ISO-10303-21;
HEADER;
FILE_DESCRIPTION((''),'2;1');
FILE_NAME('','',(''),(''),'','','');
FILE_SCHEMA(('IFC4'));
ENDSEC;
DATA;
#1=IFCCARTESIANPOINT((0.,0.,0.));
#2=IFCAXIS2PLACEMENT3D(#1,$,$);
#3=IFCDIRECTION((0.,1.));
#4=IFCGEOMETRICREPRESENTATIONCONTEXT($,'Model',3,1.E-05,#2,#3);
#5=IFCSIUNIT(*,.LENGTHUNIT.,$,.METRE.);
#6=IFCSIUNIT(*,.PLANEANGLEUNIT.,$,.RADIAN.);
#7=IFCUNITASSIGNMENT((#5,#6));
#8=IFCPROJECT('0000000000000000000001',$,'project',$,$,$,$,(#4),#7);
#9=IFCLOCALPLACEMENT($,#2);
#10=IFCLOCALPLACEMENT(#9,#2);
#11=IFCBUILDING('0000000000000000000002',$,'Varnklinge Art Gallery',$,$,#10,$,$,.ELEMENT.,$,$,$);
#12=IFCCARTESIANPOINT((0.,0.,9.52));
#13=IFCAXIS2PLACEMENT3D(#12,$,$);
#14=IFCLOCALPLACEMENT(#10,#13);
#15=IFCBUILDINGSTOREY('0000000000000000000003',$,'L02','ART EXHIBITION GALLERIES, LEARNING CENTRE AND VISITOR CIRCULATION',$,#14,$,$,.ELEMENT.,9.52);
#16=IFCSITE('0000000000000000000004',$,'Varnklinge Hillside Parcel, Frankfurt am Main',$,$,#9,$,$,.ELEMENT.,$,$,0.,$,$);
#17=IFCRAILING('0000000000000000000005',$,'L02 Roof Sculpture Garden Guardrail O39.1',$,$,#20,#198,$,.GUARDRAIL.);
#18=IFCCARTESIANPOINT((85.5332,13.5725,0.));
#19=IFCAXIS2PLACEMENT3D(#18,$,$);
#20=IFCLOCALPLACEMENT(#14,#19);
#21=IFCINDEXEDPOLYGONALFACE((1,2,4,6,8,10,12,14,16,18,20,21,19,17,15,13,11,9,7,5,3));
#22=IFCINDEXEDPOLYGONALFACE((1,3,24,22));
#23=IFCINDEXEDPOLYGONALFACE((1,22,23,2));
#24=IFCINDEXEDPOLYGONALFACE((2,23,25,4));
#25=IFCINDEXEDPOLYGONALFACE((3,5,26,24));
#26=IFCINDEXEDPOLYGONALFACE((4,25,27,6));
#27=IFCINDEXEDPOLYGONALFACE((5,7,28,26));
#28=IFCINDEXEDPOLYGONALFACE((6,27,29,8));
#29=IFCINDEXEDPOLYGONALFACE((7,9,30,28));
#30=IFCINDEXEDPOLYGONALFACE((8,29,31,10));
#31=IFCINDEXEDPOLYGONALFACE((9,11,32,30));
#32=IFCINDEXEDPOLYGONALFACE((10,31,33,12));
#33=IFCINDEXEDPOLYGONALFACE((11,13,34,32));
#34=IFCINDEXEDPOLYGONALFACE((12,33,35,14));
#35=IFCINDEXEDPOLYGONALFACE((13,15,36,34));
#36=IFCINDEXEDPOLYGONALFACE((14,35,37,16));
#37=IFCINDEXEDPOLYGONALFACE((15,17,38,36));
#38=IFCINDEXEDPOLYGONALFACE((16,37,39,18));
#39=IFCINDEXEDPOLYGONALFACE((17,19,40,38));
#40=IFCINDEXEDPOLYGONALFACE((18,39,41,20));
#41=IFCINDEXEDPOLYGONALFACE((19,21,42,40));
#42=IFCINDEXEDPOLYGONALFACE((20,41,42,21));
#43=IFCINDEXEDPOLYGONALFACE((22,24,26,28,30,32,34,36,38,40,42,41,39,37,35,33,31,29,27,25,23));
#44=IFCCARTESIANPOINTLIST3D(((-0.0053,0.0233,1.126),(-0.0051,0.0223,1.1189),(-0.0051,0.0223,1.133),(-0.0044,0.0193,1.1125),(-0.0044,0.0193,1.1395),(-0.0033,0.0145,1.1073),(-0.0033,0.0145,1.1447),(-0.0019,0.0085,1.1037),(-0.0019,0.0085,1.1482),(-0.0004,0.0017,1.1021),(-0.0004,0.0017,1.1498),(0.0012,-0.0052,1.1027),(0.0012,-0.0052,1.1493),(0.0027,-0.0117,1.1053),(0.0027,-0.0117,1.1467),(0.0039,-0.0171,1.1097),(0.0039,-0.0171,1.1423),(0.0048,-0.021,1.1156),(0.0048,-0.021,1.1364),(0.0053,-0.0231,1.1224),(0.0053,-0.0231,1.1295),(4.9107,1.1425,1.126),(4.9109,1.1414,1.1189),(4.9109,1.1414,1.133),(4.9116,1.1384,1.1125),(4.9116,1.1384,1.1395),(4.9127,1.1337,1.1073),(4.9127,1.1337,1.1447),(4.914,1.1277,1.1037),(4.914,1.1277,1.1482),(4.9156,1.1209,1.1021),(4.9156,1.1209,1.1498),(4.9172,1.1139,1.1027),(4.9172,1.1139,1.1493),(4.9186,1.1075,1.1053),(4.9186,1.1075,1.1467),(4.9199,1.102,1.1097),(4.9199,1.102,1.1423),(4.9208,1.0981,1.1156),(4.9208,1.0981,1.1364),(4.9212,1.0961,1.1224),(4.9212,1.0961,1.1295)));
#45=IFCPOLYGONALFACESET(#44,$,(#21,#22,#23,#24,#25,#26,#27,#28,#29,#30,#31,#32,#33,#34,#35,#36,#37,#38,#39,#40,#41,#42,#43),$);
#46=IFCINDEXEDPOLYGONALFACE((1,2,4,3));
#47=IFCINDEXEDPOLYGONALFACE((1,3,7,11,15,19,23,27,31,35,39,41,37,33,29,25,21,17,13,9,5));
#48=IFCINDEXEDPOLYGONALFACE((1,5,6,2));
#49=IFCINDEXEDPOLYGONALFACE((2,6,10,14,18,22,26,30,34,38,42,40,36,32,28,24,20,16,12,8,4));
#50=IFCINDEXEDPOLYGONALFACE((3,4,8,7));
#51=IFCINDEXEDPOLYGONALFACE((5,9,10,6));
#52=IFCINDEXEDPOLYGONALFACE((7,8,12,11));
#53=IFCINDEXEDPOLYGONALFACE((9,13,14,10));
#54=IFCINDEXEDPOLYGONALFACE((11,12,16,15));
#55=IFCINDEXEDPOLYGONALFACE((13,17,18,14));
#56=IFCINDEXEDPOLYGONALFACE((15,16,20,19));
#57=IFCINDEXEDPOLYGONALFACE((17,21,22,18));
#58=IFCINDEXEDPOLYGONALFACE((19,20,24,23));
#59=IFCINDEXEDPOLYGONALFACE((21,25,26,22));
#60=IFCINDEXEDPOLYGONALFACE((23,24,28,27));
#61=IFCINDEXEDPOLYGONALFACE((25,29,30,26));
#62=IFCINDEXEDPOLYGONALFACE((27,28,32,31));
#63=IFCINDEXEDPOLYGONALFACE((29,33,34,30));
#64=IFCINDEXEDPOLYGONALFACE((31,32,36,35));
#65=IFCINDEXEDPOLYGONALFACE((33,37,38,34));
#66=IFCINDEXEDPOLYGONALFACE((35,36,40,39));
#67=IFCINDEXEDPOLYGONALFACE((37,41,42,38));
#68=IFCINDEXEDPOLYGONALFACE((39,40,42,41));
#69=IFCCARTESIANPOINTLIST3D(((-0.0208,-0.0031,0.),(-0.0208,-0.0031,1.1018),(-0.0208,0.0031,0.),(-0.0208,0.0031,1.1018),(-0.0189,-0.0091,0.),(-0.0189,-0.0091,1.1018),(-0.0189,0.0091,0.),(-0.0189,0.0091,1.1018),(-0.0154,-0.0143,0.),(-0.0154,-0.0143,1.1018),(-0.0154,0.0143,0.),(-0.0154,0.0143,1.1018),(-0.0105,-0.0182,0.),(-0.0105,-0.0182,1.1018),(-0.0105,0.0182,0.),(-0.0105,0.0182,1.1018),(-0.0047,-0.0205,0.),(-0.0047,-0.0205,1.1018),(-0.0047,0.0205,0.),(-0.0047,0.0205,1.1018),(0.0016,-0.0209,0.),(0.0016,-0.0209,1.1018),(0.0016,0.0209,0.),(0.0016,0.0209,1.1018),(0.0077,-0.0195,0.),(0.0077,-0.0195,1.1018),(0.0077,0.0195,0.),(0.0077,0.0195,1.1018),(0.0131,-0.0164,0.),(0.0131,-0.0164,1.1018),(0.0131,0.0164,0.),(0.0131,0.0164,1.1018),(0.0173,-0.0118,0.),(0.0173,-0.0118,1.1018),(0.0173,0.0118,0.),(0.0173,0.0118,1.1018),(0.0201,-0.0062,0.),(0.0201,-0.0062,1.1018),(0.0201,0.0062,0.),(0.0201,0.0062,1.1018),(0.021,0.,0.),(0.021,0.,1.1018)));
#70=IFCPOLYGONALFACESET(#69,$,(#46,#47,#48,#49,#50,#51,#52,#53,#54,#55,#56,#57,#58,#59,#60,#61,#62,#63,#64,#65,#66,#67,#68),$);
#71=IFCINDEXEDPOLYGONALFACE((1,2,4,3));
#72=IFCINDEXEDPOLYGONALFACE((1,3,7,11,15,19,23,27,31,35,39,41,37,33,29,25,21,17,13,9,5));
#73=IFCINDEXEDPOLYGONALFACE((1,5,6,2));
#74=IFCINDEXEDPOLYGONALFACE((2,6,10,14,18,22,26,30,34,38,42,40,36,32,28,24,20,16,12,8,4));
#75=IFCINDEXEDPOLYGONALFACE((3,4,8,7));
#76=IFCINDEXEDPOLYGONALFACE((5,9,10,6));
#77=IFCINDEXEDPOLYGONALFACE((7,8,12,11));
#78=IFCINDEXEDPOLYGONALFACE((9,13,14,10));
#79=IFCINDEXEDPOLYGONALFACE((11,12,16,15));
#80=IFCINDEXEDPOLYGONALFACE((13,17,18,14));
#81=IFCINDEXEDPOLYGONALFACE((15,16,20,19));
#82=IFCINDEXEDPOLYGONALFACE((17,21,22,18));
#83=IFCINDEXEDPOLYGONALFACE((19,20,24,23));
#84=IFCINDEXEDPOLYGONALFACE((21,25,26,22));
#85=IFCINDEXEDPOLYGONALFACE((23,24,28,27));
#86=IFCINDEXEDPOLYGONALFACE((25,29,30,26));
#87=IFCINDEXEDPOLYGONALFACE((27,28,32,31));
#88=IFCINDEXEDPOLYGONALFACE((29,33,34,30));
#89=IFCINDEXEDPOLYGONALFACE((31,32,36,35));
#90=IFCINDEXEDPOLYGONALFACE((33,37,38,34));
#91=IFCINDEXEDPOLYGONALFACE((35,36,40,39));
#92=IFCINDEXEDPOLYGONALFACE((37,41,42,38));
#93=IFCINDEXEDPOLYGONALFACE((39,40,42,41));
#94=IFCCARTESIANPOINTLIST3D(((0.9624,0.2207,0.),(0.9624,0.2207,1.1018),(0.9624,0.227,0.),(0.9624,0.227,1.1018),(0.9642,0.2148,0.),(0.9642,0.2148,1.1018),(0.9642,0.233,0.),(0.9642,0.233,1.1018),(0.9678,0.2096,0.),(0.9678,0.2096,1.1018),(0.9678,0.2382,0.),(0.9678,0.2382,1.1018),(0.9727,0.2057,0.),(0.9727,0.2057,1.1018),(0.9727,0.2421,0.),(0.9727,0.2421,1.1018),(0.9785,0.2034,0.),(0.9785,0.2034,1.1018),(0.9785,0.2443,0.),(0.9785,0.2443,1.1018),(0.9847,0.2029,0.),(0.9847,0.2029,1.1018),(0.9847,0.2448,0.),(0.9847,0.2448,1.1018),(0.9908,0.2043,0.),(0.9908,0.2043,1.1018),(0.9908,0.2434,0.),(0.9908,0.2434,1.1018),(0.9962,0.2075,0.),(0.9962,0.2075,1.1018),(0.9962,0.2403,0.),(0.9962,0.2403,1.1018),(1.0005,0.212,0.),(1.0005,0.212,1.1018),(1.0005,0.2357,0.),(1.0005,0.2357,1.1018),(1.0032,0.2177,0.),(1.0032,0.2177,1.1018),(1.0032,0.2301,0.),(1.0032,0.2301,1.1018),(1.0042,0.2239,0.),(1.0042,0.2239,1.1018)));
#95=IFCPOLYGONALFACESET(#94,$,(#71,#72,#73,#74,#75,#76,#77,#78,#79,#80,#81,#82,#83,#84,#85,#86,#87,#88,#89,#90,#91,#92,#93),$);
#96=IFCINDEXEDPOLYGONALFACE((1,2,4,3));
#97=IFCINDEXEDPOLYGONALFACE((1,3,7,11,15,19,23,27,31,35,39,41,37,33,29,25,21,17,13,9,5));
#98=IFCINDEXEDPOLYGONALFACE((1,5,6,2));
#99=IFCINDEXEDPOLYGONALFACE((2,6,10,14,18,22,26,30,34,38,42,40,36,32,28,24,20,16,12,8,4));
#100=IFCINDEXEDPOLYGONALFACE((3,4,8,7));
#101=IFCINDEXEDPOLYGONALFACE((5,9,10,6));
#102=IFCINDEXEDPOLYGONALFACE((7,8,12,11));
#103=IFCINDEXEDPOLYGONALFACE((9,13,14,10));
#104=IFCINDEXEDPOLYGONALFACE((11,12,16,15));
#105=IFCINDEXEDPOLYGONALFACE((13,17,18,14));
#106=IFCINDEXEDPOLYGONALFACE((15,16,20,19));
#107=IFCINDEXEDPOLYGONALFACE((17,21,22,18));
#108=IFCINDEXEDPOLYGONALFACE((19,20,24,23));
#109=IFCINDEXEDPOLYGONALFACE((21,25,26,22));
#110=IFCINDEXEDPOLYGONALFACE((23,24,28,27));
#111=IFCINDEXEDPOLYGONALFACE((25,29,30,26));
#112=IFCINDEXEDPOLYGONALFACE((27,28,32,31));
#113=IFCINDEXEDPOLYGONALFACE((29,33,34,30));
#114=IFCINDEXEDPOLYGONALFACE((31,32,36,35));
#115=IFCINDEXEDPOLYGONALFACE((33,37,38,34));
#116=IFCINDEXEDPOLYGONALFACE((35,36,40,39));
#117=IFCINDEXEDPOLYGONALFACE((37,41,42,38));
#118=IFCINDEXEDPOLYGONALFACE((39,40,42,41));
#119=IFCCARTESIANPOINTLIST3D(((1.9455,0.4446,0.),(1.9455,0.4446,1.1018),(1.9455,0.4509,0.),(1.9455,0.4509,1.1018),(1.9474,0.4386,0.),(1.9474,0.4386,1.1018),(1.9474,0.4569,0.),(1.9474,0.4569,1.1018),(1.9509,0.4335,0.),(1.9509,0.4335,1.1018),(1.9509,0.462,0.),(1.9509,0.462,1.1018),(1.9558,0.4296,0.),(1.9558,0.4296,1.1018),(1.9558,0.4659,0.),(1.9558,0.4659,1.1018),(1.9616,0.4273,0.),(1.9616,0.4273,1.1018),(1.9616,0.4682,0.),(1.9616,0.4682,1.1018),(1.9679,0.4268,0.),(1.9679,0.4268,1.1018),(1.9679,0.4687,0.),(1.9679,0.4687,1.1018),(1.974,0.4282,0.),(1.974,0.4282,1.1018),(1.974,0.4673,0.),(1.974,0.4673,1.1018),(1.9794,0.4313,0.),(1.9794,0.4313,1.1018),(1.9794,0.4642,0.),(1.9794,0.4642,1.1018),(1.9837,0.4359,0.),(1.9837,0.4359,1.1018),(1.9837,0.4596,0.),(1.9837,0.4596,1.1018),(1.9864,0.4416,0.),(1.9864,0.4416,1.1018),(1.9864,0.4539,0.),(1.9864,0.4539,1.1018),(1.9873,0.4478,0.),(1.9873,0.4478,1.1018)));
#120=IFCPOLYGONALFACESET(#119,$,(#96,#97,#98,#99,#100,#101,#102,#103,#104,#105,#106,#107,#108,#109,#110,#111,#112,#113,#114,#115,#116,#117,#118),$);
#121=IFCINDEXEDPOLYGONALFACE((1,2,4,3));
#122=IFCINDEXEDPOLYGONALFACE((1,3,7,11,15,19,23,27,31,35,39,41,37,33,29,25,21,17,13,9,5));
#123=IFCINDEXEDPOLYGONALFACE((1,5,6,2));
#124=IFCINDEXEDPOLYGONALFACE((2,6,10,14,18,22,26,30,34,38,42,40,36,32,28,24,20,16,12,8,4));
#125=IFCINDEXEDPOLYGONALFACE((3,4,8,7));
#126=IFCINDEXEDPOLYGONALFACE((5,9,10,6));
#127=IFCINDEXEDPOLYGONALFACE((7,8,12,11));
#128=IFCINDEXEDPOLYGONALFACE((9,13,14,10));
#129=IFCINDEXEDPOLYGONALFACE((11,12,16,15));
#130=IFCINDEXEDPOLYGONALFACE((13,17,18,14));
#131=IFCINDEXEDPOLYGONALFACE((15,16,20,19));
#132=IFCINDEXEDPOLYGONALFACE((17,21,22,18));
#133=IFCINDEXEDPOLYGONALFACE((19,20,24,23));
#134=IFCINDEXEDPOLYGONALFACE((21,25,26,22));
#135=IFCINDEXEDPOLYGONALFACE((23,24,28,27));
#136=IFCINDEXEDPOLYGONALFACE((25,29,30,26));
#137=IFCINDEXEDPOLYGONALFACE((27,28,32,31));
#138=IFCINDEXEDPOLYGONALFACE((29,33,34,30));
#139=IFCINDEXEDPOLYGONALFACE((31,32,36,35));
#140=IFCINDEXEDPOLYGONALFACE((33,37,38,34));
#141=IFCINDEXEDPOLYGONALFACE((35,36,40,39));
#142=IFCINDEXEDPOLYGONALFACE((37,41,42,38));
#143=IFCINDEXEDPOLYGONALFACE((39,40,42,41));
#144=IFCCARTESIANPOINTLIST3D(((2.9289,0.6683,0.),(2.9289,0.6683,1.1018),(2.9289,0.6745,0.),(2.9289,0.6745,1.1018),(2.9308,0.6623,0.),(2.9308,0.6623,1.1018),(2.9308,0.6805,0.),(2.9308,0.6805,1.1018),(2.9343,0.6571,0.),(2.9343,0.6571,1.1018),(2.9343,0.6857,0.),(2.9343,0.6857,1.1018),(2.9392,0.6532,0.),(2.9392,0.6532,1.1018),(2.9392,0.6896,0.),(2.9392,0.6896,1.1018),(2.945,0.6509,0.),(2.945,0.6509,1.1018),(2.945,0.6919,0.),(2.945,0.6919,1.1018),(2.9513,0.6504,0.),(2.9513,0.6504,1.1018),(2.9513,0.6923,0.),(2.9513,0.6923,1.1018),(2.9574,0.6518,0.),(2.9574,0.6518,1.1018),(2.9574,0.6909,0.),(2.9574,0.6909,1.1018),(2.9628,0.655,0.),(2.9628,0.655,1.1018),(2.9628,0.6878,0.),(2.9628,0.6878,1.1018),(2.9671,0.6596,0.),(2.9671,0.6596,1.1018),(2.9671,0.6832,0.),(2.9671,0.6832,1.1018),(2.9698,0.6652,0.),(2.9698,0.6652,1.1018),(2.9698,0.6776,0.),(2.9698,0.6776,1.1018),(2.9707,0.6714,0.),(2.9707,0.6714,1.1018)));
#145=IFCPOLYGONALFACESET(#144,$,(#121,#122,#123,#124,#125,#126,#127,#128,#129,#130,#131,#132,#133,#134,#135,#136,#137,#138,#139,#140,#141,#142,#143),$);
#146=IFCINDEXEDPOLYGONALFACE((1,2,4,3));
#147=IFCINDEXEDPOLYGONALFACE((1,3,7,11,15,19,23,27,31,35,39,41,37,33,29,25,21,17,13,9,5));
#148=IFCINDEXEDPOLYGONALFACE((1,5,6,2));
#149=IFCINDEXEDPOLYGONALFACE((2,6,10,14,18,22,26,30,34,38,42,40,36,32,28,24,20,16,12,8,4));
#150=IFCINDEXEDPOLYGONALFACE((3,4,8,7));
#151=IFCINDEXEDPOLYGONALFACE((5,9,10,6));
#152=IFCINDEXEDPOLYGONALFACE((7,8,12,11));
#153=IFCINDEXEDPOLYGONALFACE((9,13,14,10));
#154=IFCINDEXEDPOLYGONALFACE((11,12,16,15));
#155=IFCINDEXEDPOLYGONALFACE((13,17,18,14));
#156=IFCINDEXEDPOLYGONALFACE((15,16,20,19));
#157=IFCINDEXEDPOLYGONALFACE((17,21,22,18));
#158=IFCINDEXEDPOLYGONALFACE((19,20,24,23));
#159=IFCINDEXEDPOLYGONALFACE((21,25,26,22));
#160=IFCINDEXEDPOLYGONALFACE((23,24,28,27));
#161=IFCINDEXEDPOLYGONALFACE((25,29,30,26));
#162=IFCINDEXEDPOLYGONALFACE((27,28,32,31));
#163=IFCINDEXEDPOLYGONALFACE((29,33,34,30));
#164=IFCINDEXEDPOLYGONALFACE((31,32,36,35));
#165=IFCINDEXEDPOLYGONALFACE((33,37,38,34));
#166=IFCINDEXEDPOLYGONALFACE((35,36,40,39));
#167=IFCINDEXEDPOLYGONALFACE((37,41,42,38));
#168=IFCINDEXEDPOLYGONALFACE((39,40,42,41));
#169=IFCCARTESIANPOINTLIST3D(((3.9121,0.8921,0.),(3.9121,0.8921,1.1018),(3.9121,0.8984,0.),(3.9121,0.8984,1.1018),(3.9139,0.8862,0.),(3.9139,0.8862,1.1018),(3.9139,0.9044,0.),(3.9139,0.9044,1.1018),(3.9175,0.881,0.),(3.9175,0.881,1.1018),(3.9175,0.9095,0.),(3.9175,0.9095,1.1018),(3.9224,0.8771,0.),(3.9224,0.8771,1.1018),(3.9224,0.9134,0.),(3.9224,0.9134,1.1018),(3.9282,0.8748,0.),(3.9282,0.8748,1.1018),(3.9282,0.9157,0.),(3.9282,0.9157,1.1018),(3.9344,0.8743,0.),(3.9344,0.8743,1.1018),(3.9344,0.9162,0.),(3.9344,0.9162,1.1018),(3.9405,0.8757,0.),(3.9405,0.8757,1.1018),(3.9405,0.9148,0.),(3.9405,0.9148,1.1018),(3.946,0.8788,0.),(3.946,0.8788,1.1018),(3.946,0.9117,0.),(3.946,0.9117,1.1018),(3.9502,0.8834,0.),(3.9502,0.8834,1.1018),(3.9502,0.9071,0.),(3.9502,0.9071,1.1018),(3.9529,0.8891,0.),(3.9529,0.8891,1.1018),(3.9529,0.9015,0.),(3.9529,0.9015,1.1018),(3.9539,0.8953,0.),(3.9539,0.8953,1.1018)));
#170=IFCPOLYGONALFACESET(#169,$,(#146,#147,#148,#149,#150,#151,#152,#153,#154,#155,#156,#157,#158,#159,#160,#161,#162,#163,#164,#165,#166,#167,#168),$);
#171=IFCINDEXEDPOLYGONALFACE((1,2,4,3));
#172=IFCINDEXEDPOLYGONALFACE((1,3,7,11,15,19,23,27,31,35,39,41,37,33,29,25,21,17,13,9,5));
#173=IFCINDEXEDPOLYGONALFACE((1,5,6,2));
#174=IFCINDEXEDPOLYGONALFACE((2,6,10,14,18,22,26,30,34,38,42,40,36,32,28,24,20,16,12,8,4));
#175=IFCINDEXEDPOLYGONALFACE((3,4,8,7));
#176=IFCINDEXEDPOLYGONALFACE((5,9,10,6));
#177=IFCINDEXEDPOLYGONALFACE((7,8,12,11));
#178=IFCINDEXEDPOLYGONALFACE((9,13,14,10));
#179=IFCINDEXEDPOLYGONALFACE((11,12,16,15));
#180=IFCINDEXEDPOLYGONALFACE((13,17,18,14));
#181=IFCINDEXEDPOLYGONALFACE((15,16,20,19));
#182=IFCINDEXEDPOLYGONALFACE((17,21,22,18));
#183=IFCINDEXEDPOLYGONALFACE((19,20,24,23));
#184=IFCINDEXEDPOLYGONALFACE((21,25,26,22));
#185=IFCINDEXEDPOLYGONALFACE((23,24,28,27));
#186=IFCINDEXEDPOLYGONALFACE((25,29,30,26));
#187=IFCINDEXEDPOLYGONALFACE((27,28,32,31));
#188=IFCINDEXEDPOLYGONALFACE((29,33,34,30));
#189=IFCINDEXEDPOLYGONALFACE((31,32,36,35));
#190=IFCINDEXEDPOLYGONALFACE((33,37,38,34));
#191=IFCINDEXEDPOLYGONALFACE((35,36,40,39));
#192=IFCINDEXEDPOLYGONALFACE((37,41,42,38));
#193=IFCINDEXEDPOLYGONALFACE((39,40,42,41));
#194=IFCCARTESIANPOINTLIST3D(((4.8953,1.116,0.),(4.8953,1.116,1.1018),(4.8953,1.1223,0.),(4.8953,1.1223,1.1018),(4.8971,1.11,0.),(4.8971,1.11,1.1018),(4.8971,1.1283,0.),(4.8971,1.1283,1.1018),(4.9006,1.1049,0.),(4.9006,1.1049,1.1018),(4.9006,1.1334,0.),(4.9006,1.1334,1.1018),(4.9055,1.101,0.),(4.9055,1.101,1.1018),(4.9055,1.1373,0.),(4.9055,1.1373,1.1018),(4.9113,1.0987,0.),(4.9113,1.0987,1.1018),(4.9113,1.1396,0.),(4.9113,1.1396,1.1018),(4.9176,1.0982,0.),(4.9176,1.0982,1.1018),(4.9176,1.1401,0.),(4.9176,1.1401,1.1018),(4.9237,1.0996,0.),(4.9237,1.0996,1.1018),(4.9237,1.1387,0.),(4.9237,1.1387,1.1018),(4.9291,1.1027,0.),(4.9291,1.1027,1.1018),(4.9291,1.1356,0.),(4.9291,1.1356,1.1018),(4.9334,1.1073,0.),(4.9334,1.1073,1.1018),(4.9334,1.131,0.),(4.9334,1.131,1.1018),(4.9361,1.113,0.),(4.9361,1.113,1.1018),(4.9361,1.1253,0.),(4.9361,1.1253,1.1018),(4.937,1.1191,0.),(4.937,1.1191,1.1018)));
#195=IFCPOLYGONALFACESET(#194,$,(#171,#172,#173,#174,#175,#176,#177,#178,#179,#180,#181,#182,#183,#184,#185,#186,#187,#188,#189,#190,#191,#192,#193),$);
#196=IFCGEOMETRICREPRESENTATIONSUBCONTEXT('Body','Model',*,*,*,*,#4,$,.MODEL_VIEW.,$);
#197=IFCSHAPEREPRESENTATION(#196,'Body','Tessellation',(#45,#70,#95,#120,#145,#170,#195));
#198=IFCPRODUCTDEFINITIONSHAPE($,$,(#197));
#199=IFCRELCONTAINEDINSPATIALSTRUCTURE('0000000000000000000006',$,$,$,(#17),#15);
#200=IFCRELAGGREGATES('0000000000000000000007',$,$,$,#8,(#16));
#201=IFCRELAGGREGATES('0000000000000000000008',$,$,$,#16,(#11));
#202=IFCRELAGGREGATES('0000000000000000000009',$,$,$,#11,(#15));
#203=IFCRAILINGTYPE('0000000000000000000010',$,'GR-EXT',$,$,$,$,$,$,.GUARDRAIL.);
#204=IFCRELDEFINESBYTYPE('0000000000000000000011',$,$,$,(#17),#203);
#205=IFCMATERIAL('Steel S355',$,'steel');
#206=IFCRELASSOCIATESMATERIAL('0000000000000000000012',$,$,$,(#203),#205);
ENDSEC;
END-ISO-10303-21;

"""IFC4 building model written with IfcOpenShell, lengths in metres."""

from ifc_helpers import new_model, si_unit, direction, frame, origin, origin_2d, place, context, subcontext, project, spatial, circle, extrude, material, type_object, element, save


model = new_model("IFC4")

# Units and contexts
model_context = context("Model", 3, precision=1e-05, world=origin(), true_north=direction((0.0, 1.0)))
body_context = subcontext(model_context, "Body", "Model", "MODEL_VIEW")
ifc_project = project(units=[si_unit("LENGTHUNIT", "METRE"), si_unit("PLANEANGLEUNIT", "RADIAN")], contexts=[model_context])

# Site, building, storey
site_placement = place(None, origin())
site = spatial("IfcSite", under=ifc_project, at=site_placement, Name="Varnklinge Hillside Parcel, Frankfurt am Main", CompositionType="ELEMENT", RefElevation=0.0)
building_placement = place(site_placement, origin())
building = spatial("IfcBuilding", under=site, at=building_placement, Name="Varnklinge Art Gallery", CompositionType="ELEMENT")
storey_placement = place(building_placement, frame((0.0, 0.0, 9.52)))
storey = spatial("IfcBuildingStorey", under=building, at=storey_placement, Name="L02", Description="ART EXHIBITION GALLERIES, LEARNING CENTRE AND VISITOR CIRCULATION", CompositionType="ELEMENT", Elevation=9.52)

# Railing
ifc_material_1 = material(Name="Steel S355", Category="steel")
railing_type = type_object("IfcRailingType", Name="GR-EXT", PredefinedType="GUARDRAIL", material=ifc_material_1)
railing_1_placement = place(storey_placement, frame((85.5332, 13.5725, 0.0)))
element("IfcRailing", 1, at=railing_1_placement, inside=storey, type_object=railing_type, Name="L02 Roof Sculpture Garden Guardrail O39.1", PredefinedType="GUARDRAIL", context=body_context, shape_type="SweptSolid", body=[
    extrude(circle(Radius=0.0239, at=origin_2d()), frame((0.0, 0.0, 1.126), z_axis=(0.975053, 0.221973, 0.0), x_axis=(-0.221973, 0.975053, 0.0)), (0.0, 0.0, 1.0), 5.0417),
    extrude(circle(Radius=0.021, at=origin_2d()), origin(), (0.0, 0.0, 1.0), 1.1018),
    extrude(circle(Radius=0.021, at=origin_2d()), frame((0.9832, 0.2239, 0.0)), (0.0, 0.0, 1.0), 1.1018),
    extrude(circle(Radius=0.021, at=origin_2d()), frame((1.9663, 0.4478, 0.0)), (0.0, 0.0, 1.0), 1.1018),
    extrude(circle(Radius=0.021, at=origin_2d()), frame((2.9497, 0.6714, 0.0)), (0.0, 0.0, 1.0), 1.1018),
    extrude(circle(Radius=0.021, at=origin_2d()), frame((3.9329, 0.8953, 0.0)), (0.0, 0.0, 1.0), 1.1018),
    extrude(circle(Radius=0.021, at=origin_2d()), frame((4.916, 1.1191, 0.0)), (0.0, 0.0, 1.0), 1.1018),
])

save(model, "model.ifc")
